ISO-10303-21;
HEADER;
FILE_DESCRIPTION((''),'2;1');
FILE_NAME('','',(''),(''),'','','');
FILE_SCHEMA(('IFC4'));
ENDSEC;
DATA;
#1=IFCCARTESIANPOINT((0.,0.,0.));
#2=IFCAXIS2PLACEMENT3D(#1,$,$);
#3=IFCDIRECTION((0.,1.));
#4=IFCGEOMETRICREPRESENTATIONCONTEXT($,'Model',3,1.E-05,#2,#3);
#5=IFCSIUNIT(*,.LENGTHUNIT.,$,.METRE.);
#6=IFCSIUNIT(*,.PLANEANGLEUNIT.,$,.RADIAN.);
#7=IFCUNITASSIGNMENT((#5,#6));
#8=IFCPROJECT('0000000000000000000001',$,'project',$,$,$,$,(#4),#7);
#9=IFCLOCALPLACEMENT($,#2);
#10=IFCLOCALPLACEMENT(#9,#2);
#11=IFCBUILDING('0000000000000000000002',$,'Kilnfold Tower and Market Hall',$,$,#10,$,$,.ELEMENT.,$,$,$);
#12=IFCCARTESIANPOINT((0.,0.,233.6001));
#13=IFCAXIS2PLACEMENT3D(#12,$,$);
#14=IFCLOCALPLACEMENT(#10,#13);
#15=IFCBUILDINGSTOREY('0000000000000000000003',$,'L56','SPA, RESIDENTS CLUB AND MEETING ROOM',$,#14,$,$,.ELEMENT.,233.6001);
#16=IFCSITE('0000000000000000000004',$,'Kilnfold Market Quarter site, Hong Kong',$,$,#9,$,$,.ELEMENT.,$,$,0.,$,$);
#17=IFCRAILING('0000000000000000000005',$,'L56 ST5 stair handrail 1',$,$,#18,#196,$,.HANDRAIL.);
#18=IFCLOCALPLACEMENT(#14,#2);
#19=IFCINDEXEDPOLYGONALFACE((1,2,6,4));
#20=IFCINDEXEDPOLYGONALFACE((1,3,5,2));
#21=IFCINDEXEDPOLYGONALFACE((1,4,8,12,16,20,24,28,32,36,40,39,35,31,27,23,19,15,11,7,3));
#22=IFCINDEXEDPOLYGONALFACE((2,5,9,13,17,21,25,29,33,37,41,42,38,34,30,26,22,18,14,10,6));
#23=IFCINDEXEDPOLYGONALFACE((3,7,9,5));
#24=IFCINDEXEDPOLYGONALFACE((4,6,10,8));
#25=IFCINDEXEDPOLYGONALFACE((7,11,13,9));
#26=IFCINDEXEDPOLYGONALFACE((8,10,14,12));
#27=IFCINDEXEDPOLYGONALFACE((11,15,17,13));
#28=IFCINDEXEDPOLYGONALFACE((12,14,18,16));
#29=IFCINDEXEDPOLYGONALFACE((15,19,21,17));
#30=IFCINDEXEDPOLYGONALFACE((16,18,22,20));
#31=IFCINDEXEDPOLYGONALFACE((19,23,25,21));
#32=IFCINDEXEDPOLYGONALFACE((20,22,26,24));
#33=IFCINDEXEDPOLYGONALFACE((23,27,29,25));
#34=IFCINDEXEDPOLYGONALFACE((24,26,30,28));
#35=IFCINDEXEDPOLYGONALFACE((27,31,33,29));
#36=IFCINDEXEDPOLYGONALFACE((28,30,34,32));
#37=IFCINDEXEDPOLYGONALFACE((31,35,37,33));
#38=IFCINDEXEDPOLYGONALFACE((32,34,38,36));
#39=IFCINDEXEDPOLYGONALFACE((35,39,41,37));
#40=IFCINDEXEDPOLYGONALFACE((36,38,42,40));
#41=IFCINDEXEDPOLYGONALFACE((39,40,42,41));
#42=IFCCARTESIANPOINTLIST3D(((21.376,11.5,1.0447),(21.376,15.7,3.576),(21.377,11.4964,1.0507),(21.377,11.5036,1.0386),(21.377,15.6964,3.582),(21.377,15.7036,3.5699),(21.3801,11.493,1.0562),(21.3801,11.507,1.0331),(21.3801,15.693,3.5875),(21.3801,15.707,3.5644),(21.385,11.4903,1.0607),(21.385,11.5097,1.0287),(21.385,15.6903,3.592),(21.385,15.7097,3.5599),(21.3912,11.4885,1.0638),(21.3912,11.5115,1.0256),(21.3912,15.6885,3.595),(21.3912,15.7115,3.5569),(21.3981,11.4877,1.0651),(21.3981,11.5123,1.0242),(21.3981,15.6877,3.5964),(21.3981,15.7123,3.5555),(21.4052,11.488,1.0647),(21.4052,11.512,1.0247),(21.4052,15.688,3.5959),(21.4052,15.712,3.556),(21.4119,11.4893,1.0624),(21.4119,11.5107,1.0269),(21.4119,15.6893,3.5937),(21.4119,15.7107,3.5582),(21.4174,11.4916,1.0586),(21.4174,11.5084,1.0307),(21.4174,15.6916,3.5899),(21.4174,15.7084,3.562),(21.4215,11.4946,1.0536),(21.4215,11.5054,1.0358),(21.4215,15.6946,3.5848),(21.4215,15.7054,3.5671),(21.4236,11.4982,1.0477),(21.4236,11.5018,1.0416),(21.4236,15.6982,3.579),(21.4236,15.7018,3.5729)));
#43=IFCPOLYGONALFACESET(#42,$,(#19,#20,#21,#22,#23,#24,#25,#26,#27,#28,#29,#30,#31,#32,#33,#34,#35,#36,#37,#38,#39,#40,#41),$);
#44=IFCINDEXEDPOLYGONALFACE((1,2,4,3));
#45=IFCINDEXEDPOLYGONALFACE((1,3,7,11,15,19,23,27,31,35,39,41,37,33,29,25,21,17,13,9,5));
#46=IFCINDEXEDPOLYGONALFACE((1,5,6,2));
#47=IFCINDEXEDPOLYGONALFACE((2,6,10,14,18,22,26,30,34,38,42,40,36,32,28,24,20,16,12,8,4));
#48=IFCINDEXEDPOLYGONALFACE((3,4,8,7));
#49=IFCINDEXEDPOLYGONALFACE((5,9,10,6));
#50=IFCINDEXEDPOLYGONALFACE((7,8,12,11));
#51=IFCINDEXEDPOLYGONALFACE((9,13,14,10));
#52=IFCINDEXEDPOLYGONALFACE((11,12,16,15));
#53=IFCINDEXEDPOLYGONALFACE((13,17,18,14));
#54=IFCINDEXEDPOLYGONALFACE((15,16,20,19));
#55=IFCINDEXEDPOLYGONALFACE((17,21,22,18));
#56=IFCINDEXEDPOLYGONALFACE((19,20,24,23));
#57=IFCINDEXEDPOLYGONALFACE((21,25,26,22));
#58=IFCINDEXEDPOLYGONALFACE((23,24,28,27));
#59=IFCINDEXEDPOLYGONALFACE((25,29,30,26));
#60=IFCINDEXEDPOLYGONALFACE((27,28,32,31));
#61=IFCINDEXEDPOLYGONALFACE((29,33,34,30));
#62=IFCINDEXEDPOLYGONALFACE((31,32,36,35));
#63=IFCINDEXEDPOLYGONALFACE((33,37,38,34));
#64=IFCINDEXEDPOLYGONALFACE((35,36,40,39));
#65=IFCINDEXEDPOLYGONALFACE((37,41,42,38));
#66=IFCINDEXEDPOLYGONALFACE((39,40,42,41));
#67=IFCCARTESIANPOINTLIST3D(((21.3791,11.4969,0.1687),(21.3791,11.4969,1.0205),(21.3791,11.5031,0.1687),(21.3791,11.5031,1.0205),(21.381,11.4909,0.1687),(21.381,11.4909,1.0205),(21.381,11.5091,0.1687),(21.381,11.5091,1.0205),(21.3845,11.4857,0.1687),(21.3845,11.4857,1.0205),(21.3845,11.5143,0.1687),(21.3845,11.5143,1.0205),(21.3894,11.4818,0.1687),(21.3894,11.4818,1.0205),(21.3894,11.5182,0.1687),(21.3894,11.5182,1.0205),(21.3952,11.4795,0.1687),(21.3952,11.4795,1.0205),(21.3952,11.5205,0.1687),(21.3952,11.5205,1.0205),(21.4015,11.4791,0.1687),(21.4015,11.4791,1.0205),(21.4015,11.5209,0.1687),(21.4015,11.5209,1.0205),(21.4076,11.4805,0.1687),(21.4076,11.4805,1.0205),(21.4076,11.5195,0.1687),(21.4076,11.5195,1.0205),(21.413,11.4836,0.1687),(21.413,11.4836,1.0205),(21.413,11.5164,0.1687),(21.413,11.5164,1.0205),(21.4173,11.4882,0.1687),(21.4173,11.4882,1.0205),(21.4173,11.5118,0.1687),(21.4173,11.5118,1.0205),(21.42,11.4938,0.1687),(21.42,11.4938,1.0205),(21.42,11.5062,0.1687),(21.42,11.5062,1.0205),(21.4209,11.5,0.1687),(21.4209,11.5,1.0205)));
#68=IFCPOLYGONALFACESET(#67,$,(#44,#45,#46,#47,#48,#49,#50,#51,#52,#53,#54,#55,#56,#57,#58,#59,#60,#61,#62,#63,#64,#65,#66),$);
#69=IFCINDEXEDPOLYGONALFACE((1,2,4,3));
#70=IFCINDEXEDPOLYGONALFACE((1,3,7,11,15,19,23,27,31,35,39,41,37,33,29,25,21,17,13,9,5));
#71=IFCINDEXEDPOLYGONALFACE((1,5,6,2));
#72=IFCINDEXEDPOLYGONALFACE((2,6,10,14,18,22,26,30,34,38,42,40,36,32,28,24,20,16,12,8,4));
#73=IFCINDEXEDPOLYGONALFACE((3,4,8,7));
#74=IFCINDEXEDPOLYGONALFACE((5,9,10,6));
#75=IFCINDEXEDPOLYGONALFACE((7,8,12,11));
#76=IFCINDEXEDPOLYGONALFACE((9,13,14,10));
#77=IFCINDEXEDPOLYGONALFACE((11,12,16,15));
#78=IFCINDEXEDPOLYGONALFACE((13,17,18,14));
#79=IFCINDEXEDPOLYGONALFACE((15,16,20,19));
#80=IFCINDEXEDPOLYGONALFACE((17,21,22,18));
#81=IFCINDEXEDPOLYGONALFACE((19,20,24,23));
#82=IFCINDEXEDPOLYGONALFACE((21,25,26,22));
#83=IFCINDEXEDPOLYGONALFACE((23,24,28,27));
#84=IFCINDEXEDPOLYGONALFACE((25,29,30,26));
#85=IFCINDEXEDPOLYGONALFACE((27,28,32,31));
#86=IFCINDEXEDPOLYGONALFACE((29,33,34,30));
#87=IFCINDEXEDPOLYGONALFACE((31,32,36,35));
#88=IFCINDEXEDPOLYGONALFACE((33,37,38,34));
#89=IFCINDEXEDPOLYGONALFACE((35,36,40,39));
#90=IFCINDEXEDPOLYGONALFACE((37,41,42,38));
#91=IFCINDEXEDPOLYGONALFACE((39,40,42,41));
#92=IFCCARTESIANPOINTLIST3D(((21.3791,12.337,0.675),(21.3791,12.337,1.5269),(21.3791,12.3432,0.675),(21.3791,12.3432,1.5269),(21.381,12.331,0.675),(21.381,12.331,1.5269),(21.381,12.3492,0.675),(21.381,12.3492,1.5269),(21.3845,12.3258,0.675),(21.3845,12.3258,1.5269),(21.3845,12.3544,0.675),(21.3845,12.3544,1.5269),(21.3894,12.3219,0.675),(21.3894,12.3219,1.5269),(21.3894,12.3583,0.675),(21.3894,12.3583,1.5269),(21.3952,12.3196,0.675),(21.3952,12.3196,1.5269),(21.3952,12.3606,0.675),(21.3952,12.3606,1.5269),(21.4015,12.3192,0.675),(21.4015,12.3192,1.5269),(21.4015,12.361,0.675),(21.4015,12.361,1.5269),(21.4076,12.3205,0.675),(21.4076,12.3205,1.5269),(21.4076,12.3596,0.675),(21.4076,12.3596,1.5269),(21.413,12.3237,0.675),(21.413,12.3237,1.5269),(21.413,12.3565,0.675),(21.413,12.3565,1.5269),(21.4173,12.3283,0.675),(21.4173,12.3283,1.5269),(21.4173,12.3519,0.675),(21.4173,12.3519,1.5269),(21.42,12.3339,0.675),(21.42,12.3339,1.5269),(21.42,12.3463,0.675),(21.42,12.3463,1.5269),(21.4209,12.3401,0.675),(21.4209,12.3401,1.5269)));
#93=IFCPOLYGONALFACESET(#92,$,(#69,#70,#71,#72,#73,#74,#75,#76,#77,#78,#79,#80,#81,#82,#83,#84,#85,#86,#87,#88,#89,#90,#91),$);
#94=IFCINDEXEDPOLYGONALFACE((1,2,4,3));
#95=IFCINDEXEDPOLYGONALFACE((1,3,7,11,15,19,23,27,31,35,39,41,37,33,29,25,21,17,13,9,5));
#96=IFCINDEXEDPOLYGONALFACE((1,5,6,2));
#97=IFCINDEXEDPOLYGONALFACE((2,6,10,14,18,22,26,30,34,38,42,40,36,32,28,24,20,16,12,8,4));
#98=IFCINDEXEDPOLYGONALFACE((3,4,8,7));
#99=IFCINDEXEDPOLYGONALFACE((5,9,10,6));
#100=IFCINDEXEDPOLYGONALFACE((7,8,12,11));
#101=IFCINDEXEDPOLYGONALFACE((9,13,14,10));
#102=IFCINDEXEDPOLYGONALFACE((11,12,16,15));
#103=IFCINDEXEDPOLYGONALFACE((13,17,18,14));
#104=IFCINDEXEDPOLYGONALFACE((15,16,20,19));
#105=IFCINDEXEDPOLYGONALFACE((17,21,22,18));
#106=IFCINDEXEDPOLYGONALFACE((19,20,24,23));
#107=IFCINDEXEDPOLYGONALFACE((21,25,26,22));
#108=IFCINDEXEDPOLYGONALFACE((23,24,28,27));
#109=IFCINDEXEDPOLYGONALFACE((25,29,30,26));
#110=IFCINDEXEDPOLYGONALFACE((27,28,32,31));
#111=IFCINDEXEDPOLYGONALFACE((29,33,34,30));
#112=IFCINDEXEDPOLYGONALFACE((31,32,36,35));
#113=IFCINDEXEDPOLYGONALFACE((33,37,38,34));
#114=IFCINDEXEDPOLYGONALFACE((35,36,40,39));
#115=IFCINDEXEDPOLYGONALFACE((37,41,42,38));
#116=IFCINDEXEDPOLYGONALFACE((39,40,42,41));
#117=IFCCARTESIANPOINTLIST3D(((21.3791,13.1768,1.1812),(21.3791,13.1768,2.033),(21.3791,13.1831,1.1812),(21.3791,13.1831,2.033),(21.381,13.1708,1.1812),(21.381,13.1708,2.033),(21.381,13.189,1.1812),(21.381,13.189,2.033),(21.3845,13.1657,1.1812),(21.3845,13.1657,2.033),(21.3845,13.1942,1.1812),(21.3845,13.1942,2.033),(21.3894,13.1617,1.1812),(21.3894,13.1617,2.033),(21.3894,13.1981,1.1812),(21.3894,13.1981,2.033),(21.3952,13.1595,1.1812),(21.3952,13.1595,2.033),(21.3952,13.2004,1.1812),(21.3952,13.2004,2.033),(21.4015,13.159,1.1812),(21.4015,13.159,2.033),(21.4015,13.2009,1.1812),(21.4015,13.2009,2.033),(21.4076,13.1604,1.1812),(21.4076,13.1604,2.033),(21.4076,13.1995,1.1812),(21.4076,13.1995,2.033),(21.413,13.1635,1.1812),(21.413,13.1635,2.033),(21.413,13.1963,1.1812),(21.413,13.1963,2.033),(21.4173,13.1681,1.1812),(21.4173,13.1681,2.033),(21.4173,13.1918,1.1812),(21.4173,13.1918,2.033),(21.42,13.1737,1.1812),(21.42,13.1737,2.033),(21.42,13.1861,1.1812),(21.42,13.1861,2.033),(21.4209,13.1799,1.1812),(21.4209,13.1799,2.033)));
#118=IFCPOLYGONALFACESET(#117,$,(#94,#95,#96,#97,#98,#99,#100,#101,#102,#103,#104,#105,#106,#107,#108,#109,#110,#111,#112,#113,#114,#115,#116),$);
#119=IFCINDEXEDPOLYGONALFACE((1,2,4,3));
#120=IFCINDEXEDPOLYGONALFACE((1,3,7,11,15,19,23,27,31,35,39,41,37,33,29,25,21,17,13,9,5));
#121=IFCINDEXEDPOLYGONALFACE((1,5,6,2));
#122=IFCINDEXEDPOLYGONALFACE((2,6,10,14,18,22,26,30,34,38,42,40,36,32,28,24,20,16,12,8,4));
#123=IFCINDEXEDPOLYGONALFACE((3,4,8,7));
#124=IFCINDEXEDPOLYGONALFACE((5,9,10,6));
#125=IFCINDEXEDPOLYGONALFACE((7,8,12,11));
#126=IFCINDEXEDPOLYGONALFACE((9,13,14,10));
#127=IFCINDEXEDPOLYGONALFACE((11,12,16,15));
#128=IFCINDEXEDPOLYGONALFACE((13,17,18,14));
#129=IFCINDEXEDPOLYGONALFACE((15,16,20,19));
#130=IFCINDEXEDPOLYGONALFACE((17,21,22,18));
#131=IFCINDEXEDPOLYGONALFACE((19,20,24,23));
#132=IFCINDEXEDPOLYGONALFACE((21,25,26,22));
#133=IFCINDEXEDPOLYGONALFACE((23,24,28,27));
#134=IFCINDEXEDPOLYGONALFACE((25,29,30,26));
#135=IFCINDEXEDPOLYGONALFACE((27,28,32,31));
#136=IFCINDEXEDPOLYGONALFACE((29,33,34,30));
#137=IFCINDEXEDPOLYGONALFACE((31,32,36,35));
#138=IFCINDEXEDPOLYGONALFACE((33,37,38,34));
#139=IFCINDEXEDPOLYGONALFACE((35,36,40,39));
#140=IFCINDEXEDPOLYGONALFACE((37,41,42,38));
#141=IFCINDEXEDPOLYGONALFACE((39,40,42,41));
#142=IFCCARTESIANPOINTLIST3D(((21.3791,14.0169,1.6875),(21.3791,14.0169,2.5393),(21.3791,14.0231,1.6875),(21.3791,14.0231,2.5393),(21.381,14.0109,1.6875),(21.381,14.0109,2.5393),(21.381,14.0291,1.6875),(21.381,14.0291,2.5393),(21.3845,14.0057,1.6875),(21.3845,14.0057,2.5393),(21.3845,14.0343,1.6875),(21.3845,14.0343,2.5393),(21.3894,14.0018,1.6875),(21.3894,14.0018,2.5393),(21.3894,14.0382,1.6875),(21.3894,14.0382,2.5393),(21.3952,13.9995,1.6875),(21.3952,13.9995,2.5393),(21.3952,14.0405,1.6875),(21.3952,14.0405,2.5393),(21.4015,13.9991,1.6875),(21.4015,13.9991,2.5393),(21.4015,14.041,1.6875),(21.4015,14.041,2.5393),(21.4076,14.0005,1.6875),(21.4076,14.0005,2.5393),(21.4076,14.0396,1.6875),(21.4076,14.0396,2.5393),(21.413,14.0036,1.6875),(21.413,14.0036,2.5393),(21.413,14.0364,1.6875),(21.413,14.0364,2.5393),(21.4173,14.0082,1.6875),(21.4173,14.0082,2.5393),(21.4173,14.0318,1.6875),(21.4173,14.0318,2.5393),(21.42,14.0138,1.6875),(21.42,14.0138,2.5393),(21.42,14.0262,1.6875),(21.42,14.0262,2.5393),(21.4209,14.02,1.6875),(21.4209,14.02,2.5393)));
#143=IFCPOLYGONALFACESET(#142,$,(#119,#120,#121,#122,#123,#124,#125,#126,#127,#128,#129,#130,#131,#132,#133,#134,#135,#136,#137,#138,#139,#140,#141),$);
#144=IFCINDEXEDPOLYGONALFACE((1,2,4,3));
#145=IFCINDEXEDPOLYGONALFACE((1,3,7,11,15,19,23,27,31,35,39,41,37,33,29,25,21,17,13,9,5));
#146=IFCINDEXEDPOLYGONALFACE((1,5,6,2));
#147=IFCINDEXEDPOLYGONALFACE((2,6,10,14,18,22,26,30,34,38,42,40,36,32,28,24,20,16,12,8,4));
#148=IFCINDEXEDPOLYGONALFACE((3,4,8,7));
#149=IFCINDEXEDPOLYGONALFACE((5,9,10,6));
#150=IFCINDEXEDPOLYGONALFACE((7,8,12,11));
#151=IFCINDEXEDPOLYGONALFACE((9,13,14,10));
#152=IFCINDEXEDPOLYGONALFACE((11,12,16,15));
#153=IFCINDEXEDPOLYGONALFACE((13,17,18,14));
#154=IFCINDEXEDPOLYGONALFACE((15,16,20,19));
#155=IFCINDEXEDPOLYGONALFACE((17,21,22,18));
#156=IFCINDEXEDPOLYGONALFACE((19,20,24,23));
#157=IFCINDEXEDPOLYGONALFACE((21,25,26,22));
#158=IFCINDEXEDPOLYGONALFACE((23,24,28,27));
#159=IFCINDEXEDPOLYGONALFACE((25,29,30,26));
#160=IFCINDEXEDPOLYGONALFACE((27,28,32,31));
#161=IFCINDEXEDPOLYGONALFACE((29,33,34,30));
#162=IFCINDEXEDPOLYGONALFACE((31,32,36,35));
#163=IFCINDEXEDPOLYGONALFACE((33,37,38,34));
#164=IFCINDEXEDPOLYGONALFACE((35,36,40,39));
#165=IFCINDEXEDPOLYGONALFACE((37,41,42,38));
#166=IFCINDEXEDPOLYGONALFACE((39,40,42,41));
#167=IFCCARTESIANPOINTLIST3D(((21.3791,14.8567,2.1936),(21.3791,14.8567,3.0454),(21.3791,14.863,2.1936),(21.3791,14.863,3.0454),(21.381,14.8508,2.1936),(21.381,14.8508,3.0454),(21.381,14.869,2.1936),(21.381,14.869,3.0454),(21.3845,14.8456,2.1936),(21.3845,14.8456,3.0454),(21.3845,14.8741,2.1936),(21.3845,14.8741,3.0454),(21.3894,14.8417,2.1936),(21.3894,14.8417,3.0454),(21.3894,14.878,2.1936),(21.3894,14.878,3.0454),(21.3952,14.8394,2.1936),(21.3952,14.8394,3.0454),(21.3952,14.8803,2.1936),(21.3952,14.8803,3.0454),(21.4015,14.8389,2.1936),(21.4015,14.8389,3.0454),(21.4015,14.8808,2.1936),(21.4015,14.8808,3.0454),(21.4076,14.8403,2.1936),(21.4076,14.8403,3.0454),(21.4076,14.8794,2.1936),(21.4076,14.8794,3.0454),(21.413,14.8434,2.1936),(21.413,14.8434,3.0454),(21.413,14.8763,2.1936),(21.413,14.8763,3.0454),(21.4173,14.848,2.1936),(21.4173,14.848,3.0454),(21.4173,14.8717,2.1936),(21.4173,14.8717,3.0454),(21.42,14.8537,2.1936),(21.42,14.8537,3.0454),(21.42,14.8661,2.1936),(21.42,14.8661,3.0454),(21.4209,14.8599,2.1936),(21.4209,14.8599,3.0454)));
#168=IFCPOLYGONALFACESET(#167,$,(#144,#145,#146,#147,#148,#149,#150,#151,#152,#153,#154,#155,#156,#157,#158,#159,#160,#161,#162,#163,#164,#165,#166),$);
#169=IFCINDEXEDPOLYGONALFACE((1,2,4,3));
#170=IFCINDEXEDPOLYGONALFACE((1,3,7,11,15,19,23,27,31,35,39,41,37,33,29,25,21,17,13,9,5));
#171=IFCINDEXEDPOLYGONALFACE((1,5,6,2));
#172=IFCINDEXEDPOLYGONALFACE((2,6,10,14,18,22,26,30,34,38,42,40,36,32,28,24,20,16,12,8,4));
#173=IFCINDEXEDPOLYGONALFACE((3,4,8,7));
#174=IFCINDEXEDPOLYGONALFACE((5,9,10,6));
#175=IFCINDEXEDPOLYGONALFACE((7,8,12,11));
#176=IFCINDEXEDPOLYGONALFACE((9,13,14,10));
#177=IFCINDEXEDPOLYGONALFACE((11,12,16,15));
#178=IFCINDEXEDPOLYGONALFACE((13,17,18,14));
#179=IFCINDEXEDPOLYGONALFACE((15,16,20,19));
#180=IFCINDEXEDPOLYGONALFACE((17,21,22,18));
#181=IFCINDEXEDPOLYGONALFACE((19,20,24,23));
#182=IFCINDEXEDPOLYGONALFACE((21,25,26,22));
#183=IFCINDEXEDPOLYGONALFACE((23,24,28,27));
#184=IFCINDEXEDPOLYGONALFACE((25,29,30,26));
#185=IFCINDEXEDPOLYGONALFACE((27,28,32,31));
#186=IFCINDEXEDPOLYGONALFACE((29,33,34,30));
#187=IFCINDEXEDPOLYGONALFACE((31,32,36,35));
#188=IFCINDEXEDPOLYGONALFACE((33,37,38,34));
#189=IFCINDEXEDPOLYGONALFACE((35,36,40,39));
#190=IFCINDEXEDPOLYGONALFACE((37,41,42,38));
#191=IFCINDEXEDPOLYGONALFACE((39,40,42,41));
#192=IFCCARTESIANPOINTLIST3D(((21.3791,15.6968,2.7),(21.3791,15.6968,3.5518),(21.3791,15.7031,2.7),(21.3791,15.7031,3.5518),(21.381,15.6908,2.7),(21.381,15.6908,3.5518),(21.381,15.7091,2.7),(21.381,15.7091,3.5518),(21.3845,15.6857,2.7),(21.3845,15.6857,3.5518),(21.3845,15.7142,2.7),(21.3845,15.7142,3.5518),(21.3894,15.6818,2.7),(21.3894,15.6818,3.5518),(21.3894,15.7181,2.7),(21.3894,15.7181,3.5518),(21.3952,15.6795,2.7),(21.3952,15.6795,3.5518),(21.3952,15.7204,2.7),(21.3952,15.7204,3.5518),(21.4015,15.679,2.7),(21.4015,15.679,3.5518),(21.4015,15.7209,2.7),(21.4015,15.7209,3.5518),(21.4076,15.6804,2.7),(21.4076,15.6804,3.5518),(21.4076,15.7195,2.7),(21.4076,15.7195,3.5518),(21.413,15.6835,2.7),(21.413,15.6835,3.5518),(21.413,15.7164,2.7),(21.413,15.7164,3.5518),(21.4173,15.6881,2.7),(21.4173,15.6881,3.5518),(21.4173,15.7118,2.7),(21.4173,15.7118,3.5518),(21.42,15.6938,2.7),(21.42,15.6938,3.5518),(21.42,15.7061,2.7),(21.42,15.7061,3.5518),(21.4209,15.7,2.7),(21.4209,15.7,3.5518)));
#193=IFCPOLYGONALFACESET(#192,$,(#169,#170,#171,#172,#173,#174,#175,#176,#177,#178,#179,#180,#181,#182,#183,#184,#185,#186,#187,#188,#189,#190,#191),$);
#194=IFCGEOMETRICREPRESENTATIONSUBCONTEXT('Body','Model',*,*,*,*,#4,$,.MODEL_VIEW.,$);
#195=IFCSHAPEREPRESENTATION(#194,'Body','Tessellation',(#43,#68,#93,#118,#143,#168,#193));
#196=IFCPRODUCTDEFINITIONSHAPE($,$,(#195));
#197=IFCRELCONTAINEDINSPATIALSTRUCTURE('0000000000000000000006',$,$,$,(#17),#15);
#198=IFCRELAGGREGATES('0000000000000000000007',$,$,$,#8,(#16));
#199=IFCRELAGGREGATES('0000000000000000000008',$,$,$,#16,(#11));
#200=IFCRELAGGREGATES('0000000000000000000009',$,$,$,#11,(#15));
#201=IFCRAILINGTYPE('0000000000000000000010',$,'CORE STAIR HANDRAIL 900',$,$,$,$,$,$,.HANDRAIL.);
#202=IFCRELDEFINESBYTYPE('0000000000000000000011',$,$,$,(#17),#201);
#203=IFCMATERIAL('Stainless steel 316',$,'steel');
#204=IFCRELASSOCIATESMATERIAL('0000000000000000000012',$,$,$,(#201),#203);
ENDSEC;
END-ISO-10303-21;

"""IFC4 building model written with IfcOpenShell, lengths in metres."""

from ifc_helpers import new_model, si_unit, direction, frame, origin, origin_2d, place, context, subcontext, project, spatial, circle, extrude, material, type_object, element, save


model = new_model("IFC4")

# Units and contexts
model_context = context("Model", 3, precision=1e-05, world=origin(), true_north=direction((0.0, 1.0)))
body_context = subcontext(model_context, "Body", "Model", "MODEL_VIEW")
ifc_project = project(units=[si_unit("LENGTHUNIT", "METRE"), si_unit("PLANEANGLEUNIT", "RADIAN")], contexts=[model_context])

# Site, building, storey
site_placement = place(None, origin())
site = spatial("IfcSite", under=ifc_project, at=site_placement, Name="Kilnfold Market Quarter site, Hong Kong", CompositionType="ELEMENT", RefElevation=0.0)
building_placement = place(site_placement, origin())
building = spatial("IfcBuilding", under=site, at=building_placement, Name="Kilnfold Tower and Market Hall", CompositionType="ELEMENT")
storey_placement = place(building_placement, frame((0.0, 0.0, 233.6001)))
storey = spatial("IfcBuildingStorey", under=building, at=storey_placement, Name="L56", Description="SPA, RESIDENTS CLUB AND MEETING ROOM", CompositionType="ELEMENT", Elevation=233.6001)

# Railing
ifc_material_1 = material(Name="Stainless steel 316", Category="steel")
railing_type_1 = type_object("IfcRailingType", Name="CORE STAIR HANDRAIL 900", PredefinedType="HANDRAIL", material=ifc_material_1)
railing_1_placement = place(storey_placement, frame((21.3999, 11.5, 0.1687)))
element("IfcRailing", 1, at=railing_1_placement, inside=storey, type_object=railing_type_1, Name="L56 ST5 stair handrail 1", PredefinedType="HANDRAIL", context=body_context, shape_type="SweptSolid", body=[
    extrude(circle(Radius=0.0239, at=origin_2d()), frame((0.0, 0.0, 0.876), z_axis=(0.0, 0.856476, 0.516186), x_axis=(-1.0, 0.0, 0.0)), (0.0, 0.0, 1.0), 4.9038),
    extrude(circle(Radius=0.021, at=origin_2d()), origin(), (0.0, 0.0, 1.0), 0.8518),
    extrude(circle(Radius=0.021, at=origin_2d()), frame((0.0, 0.8401, 0.5063)), (0.0, 0.0, 1.0), 0.8518),
    extrude(circle(Radius=0.021, at=origin_2d()), frame((0.0, 1.6799, 1.0125)), (0.0, 0.0, 1.0), 0.8518),
    extrude(circle(Radius=0.021, at=origin_2d()), frame((0.0, 2.52, 1.5188)), (0.0, 0.0, 1.0), 0.8518),
    extrude(circle(Radius=0.021, at=origin_2d()), frame((0.0, 3.3599, 2.0249)), (0.0, 0.0, 1.0), 0.8518),
    extrude(circle(Radius=0.021, at=origin_2d()), frame((0.0, 4.2, 2.5312)), (0.0, 0.0, 1.0), 0.8518),
])

save(model, "model.ifc")
